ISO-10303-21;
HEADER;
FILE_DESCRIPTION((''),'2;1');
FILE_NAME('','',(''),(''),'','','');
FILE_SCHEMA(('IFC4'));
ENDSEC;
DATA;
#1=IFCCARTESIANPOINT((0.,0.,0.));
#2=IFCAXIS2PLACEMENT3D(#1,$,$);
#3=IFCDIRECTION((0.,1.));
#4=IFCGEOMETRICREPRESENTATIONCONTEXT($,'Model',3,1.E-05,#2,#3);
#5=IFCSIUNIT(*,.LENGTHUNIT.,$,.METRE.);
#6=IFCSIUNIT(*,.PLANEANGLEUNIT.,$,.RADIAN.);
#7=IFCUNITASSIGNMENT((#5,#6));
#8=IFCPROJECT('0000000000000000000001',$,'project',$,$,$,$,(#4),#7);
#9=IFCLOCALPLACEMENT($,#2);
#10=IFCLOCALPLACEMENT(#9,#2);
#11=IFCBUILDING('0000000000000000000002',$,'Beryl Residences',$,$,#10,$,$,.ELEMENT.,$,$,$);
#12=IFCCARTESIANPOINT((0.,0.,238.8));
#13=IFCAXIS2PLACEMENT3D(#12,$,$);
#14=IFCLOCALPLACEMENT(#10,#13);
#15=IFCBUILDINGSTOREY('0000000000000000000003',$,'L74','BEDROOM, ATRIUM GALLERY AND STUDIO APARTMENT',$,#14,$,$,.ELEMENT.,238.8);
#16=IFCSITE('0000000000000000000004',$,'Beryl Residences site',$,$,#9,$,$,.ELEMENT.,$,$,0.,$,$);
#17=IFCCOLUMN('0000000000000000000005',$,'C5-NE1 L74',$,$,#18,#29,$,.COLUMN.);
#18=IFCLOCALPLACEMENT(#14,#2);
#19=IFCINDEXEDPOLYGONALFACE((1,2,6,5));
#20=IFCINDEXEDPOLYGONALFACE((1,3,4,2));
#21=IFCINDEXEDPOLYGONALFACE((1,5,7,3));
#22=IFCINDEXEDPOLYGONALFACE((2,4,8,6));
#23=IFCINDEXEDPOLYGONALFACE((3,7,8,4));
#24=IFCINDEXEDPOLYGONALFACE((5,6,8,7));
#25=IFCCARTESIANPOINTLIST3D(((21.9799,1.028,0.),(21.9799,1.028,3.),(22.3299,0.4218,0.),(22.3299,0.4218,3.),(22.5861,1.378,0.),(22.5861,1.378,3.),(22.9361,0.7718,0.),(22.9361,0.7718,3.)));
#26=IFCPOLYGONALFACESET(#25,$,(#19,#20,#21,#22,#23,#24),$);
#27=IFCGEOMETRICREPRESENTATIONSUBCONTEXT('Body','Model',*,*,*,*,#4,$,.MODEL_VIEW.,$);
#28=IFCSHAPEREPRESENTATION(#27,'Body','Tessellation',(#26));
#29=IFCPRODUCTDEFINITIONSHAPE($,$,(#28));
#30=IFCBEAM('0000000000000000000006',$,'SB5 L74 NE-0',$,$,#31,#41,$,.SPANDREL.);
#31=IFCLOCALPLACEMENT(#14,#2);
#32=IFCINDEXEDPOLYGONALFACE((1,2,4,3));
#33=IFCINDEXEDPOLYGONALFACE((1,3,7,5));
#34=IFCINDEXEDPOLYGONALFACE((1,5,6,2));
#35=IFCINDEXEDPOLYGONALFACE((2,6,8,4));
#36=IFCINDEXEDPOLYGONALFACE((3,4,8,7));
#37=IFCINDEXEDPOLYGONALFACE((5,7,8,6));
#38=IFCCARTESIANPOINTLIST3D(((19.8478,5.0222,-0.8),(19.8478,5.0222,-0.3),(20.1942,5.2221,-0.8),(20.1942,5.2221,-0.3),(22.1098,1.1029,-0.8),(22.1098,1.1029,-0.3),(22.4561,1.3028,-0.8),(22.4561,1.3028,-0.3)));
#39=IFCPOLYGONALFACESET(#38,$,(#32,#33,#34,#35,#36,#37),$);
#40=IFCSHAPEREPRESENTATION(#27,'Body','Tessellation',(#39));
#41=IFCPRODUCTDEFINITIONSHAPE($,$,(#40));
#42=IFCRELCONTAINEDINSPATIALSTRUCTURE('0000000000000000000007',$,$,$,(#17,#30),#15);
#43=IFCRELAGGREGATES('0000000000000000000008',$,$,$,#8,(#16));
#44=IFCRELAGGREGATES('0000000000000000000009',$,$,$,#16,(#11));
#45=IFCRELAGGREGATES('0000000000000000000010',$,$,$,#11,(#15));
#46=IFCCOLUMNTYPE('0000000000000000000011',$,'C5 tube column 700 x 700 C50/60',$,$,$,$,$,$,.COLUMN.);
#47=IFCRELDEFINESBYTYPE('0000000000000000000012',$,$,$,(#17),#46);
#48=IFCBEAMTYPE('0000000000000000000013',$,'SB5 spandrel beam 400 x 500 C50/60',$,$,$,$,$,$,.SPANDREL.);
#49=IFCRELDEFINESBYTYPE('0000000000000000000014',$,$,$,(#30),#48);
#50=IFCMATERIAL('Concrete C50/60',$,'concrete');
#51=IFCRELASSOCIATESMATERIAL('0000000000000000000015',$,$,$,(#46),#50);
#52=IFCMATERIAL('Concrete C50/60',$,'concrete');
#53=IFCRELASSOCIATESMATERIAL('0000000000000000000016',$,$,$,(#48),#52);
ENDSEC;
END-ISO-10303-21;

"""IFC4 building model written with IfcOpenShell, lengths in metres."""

from ifc_helpers import new_model, si_unit, direction, frame, origin, origin_2d, place, context, subcontext, project, spatial, rectangle, extrude, material, material_profile, profile_set, type_object, element, save


model = new_model("IFC4")

# Units and contexts
model_context = context("Model", 3, precision=1e-05, world=origin(), true_north=direction((0.0, 1.0)))
body_context = subcontext(model_context, "Body", "Model", "MODEL_VIEW")
ifc_project = project(units=[si_unit("LENGTHUNIT", "METRE"), si_unit("PLANEANGLEUNIT", "RADIAN")], contexts=[model_context])

# Site, building, storey
site_placement = place(None, origin())
site = spatial("IfcSite", under=ifc_project, at=site_placement, Name="Beryl Residences site", CompositionType="ELEMENT", RefElevation=0.0)
building_placement = place(site_placement, origin())
building = spatial("IfcBuilding", under=site, at=building_placement, Name="Beryl Residences", CompositionType="ELEMENT")
storey_placement = place(building_placement, frame((0.0, 0.0, 238.8)))
storey = spatial("IfcBuildingStorey", under=building, at=storey_placement, Name="L74", Description="BEDROOM, ATRIUM GALLERY AND STUDIO APARTMENT", CompositionType="ELEMENT", Elevation=238.8)

# Column
ifc_material_1 = material(Name="Concrete C50/60", Category="concrete")
ifc_material_profile_1 = material_profile(ifc_material_1, rectangle(XDim=0.7, YDim=0.7, at=origin_2d()))
ifc_profile_set_1 = profile_set([ifc_material_profile_1], Name="Concrete C50/60")
column_type = type_object("IfcColumnType", Name="C5 tube column 700 x 700 C50/60", PredefinedType="COLUMN", material=ifc_profile_set_1)
column_placement = place(storey_placement, frame((22.458, 0.8999, 0.0), z_axis=(0.0, 0.0, 1.0), x_axis=(-0.49997, 0.866043, 0.0)))
element("IfcColumn", 1, at=column_placement, inside=storey, type_object=column_type, Name="C5-NE1 L74", PredefinedType="COLUMN", context=body_context, shape_type="SweptSolid", body=[
    extrude(rectangle(XDim=0.7, YDim=0.7, at=origin_2d()), origin(), (0.0, 0.0, 1.0), 3.0),
])

# Beam
ifc_material_2 = material(Name="Concrete C50/60", Category="concrete")
ifc_material_profile_2 = material_profile(ifc_material_2, rectangle(XDim=0.3999, YDim=0.5, at=origin_2d()))
ifc_profile_set_2 = profile_set([ifc_material_profile_2], Name="Concrete C50/60")
beam_type = type_object("IfcBeamType", Name="SB5 spandrel beam 400 x 500 C50/60", PredefinedType="SPANDREL", material=ifc_profile_set_2)
beam_placement = place(storey_placement, frame((22.283, 1.2029, -0.55), z_axis=(-0.49987, 0.8661, 0.0), x_axis=(-0.8661, -0.49987, 0.0)))
element("IfcBeam", 2, at=beam_placement, inside=storey, type_object=beam_type, Name="SB5 L74 NE-0", PredefinedType="SPANDREL", context=body_context, shape_type="SweptSolid", body=[
    extrude(rectangle(XDim=0.3999, YDim=0.5, at=origin_2d()), origin(), (0.0, 0.0, 1.0), 4.5251),
])

save(model, "model.ifc")
